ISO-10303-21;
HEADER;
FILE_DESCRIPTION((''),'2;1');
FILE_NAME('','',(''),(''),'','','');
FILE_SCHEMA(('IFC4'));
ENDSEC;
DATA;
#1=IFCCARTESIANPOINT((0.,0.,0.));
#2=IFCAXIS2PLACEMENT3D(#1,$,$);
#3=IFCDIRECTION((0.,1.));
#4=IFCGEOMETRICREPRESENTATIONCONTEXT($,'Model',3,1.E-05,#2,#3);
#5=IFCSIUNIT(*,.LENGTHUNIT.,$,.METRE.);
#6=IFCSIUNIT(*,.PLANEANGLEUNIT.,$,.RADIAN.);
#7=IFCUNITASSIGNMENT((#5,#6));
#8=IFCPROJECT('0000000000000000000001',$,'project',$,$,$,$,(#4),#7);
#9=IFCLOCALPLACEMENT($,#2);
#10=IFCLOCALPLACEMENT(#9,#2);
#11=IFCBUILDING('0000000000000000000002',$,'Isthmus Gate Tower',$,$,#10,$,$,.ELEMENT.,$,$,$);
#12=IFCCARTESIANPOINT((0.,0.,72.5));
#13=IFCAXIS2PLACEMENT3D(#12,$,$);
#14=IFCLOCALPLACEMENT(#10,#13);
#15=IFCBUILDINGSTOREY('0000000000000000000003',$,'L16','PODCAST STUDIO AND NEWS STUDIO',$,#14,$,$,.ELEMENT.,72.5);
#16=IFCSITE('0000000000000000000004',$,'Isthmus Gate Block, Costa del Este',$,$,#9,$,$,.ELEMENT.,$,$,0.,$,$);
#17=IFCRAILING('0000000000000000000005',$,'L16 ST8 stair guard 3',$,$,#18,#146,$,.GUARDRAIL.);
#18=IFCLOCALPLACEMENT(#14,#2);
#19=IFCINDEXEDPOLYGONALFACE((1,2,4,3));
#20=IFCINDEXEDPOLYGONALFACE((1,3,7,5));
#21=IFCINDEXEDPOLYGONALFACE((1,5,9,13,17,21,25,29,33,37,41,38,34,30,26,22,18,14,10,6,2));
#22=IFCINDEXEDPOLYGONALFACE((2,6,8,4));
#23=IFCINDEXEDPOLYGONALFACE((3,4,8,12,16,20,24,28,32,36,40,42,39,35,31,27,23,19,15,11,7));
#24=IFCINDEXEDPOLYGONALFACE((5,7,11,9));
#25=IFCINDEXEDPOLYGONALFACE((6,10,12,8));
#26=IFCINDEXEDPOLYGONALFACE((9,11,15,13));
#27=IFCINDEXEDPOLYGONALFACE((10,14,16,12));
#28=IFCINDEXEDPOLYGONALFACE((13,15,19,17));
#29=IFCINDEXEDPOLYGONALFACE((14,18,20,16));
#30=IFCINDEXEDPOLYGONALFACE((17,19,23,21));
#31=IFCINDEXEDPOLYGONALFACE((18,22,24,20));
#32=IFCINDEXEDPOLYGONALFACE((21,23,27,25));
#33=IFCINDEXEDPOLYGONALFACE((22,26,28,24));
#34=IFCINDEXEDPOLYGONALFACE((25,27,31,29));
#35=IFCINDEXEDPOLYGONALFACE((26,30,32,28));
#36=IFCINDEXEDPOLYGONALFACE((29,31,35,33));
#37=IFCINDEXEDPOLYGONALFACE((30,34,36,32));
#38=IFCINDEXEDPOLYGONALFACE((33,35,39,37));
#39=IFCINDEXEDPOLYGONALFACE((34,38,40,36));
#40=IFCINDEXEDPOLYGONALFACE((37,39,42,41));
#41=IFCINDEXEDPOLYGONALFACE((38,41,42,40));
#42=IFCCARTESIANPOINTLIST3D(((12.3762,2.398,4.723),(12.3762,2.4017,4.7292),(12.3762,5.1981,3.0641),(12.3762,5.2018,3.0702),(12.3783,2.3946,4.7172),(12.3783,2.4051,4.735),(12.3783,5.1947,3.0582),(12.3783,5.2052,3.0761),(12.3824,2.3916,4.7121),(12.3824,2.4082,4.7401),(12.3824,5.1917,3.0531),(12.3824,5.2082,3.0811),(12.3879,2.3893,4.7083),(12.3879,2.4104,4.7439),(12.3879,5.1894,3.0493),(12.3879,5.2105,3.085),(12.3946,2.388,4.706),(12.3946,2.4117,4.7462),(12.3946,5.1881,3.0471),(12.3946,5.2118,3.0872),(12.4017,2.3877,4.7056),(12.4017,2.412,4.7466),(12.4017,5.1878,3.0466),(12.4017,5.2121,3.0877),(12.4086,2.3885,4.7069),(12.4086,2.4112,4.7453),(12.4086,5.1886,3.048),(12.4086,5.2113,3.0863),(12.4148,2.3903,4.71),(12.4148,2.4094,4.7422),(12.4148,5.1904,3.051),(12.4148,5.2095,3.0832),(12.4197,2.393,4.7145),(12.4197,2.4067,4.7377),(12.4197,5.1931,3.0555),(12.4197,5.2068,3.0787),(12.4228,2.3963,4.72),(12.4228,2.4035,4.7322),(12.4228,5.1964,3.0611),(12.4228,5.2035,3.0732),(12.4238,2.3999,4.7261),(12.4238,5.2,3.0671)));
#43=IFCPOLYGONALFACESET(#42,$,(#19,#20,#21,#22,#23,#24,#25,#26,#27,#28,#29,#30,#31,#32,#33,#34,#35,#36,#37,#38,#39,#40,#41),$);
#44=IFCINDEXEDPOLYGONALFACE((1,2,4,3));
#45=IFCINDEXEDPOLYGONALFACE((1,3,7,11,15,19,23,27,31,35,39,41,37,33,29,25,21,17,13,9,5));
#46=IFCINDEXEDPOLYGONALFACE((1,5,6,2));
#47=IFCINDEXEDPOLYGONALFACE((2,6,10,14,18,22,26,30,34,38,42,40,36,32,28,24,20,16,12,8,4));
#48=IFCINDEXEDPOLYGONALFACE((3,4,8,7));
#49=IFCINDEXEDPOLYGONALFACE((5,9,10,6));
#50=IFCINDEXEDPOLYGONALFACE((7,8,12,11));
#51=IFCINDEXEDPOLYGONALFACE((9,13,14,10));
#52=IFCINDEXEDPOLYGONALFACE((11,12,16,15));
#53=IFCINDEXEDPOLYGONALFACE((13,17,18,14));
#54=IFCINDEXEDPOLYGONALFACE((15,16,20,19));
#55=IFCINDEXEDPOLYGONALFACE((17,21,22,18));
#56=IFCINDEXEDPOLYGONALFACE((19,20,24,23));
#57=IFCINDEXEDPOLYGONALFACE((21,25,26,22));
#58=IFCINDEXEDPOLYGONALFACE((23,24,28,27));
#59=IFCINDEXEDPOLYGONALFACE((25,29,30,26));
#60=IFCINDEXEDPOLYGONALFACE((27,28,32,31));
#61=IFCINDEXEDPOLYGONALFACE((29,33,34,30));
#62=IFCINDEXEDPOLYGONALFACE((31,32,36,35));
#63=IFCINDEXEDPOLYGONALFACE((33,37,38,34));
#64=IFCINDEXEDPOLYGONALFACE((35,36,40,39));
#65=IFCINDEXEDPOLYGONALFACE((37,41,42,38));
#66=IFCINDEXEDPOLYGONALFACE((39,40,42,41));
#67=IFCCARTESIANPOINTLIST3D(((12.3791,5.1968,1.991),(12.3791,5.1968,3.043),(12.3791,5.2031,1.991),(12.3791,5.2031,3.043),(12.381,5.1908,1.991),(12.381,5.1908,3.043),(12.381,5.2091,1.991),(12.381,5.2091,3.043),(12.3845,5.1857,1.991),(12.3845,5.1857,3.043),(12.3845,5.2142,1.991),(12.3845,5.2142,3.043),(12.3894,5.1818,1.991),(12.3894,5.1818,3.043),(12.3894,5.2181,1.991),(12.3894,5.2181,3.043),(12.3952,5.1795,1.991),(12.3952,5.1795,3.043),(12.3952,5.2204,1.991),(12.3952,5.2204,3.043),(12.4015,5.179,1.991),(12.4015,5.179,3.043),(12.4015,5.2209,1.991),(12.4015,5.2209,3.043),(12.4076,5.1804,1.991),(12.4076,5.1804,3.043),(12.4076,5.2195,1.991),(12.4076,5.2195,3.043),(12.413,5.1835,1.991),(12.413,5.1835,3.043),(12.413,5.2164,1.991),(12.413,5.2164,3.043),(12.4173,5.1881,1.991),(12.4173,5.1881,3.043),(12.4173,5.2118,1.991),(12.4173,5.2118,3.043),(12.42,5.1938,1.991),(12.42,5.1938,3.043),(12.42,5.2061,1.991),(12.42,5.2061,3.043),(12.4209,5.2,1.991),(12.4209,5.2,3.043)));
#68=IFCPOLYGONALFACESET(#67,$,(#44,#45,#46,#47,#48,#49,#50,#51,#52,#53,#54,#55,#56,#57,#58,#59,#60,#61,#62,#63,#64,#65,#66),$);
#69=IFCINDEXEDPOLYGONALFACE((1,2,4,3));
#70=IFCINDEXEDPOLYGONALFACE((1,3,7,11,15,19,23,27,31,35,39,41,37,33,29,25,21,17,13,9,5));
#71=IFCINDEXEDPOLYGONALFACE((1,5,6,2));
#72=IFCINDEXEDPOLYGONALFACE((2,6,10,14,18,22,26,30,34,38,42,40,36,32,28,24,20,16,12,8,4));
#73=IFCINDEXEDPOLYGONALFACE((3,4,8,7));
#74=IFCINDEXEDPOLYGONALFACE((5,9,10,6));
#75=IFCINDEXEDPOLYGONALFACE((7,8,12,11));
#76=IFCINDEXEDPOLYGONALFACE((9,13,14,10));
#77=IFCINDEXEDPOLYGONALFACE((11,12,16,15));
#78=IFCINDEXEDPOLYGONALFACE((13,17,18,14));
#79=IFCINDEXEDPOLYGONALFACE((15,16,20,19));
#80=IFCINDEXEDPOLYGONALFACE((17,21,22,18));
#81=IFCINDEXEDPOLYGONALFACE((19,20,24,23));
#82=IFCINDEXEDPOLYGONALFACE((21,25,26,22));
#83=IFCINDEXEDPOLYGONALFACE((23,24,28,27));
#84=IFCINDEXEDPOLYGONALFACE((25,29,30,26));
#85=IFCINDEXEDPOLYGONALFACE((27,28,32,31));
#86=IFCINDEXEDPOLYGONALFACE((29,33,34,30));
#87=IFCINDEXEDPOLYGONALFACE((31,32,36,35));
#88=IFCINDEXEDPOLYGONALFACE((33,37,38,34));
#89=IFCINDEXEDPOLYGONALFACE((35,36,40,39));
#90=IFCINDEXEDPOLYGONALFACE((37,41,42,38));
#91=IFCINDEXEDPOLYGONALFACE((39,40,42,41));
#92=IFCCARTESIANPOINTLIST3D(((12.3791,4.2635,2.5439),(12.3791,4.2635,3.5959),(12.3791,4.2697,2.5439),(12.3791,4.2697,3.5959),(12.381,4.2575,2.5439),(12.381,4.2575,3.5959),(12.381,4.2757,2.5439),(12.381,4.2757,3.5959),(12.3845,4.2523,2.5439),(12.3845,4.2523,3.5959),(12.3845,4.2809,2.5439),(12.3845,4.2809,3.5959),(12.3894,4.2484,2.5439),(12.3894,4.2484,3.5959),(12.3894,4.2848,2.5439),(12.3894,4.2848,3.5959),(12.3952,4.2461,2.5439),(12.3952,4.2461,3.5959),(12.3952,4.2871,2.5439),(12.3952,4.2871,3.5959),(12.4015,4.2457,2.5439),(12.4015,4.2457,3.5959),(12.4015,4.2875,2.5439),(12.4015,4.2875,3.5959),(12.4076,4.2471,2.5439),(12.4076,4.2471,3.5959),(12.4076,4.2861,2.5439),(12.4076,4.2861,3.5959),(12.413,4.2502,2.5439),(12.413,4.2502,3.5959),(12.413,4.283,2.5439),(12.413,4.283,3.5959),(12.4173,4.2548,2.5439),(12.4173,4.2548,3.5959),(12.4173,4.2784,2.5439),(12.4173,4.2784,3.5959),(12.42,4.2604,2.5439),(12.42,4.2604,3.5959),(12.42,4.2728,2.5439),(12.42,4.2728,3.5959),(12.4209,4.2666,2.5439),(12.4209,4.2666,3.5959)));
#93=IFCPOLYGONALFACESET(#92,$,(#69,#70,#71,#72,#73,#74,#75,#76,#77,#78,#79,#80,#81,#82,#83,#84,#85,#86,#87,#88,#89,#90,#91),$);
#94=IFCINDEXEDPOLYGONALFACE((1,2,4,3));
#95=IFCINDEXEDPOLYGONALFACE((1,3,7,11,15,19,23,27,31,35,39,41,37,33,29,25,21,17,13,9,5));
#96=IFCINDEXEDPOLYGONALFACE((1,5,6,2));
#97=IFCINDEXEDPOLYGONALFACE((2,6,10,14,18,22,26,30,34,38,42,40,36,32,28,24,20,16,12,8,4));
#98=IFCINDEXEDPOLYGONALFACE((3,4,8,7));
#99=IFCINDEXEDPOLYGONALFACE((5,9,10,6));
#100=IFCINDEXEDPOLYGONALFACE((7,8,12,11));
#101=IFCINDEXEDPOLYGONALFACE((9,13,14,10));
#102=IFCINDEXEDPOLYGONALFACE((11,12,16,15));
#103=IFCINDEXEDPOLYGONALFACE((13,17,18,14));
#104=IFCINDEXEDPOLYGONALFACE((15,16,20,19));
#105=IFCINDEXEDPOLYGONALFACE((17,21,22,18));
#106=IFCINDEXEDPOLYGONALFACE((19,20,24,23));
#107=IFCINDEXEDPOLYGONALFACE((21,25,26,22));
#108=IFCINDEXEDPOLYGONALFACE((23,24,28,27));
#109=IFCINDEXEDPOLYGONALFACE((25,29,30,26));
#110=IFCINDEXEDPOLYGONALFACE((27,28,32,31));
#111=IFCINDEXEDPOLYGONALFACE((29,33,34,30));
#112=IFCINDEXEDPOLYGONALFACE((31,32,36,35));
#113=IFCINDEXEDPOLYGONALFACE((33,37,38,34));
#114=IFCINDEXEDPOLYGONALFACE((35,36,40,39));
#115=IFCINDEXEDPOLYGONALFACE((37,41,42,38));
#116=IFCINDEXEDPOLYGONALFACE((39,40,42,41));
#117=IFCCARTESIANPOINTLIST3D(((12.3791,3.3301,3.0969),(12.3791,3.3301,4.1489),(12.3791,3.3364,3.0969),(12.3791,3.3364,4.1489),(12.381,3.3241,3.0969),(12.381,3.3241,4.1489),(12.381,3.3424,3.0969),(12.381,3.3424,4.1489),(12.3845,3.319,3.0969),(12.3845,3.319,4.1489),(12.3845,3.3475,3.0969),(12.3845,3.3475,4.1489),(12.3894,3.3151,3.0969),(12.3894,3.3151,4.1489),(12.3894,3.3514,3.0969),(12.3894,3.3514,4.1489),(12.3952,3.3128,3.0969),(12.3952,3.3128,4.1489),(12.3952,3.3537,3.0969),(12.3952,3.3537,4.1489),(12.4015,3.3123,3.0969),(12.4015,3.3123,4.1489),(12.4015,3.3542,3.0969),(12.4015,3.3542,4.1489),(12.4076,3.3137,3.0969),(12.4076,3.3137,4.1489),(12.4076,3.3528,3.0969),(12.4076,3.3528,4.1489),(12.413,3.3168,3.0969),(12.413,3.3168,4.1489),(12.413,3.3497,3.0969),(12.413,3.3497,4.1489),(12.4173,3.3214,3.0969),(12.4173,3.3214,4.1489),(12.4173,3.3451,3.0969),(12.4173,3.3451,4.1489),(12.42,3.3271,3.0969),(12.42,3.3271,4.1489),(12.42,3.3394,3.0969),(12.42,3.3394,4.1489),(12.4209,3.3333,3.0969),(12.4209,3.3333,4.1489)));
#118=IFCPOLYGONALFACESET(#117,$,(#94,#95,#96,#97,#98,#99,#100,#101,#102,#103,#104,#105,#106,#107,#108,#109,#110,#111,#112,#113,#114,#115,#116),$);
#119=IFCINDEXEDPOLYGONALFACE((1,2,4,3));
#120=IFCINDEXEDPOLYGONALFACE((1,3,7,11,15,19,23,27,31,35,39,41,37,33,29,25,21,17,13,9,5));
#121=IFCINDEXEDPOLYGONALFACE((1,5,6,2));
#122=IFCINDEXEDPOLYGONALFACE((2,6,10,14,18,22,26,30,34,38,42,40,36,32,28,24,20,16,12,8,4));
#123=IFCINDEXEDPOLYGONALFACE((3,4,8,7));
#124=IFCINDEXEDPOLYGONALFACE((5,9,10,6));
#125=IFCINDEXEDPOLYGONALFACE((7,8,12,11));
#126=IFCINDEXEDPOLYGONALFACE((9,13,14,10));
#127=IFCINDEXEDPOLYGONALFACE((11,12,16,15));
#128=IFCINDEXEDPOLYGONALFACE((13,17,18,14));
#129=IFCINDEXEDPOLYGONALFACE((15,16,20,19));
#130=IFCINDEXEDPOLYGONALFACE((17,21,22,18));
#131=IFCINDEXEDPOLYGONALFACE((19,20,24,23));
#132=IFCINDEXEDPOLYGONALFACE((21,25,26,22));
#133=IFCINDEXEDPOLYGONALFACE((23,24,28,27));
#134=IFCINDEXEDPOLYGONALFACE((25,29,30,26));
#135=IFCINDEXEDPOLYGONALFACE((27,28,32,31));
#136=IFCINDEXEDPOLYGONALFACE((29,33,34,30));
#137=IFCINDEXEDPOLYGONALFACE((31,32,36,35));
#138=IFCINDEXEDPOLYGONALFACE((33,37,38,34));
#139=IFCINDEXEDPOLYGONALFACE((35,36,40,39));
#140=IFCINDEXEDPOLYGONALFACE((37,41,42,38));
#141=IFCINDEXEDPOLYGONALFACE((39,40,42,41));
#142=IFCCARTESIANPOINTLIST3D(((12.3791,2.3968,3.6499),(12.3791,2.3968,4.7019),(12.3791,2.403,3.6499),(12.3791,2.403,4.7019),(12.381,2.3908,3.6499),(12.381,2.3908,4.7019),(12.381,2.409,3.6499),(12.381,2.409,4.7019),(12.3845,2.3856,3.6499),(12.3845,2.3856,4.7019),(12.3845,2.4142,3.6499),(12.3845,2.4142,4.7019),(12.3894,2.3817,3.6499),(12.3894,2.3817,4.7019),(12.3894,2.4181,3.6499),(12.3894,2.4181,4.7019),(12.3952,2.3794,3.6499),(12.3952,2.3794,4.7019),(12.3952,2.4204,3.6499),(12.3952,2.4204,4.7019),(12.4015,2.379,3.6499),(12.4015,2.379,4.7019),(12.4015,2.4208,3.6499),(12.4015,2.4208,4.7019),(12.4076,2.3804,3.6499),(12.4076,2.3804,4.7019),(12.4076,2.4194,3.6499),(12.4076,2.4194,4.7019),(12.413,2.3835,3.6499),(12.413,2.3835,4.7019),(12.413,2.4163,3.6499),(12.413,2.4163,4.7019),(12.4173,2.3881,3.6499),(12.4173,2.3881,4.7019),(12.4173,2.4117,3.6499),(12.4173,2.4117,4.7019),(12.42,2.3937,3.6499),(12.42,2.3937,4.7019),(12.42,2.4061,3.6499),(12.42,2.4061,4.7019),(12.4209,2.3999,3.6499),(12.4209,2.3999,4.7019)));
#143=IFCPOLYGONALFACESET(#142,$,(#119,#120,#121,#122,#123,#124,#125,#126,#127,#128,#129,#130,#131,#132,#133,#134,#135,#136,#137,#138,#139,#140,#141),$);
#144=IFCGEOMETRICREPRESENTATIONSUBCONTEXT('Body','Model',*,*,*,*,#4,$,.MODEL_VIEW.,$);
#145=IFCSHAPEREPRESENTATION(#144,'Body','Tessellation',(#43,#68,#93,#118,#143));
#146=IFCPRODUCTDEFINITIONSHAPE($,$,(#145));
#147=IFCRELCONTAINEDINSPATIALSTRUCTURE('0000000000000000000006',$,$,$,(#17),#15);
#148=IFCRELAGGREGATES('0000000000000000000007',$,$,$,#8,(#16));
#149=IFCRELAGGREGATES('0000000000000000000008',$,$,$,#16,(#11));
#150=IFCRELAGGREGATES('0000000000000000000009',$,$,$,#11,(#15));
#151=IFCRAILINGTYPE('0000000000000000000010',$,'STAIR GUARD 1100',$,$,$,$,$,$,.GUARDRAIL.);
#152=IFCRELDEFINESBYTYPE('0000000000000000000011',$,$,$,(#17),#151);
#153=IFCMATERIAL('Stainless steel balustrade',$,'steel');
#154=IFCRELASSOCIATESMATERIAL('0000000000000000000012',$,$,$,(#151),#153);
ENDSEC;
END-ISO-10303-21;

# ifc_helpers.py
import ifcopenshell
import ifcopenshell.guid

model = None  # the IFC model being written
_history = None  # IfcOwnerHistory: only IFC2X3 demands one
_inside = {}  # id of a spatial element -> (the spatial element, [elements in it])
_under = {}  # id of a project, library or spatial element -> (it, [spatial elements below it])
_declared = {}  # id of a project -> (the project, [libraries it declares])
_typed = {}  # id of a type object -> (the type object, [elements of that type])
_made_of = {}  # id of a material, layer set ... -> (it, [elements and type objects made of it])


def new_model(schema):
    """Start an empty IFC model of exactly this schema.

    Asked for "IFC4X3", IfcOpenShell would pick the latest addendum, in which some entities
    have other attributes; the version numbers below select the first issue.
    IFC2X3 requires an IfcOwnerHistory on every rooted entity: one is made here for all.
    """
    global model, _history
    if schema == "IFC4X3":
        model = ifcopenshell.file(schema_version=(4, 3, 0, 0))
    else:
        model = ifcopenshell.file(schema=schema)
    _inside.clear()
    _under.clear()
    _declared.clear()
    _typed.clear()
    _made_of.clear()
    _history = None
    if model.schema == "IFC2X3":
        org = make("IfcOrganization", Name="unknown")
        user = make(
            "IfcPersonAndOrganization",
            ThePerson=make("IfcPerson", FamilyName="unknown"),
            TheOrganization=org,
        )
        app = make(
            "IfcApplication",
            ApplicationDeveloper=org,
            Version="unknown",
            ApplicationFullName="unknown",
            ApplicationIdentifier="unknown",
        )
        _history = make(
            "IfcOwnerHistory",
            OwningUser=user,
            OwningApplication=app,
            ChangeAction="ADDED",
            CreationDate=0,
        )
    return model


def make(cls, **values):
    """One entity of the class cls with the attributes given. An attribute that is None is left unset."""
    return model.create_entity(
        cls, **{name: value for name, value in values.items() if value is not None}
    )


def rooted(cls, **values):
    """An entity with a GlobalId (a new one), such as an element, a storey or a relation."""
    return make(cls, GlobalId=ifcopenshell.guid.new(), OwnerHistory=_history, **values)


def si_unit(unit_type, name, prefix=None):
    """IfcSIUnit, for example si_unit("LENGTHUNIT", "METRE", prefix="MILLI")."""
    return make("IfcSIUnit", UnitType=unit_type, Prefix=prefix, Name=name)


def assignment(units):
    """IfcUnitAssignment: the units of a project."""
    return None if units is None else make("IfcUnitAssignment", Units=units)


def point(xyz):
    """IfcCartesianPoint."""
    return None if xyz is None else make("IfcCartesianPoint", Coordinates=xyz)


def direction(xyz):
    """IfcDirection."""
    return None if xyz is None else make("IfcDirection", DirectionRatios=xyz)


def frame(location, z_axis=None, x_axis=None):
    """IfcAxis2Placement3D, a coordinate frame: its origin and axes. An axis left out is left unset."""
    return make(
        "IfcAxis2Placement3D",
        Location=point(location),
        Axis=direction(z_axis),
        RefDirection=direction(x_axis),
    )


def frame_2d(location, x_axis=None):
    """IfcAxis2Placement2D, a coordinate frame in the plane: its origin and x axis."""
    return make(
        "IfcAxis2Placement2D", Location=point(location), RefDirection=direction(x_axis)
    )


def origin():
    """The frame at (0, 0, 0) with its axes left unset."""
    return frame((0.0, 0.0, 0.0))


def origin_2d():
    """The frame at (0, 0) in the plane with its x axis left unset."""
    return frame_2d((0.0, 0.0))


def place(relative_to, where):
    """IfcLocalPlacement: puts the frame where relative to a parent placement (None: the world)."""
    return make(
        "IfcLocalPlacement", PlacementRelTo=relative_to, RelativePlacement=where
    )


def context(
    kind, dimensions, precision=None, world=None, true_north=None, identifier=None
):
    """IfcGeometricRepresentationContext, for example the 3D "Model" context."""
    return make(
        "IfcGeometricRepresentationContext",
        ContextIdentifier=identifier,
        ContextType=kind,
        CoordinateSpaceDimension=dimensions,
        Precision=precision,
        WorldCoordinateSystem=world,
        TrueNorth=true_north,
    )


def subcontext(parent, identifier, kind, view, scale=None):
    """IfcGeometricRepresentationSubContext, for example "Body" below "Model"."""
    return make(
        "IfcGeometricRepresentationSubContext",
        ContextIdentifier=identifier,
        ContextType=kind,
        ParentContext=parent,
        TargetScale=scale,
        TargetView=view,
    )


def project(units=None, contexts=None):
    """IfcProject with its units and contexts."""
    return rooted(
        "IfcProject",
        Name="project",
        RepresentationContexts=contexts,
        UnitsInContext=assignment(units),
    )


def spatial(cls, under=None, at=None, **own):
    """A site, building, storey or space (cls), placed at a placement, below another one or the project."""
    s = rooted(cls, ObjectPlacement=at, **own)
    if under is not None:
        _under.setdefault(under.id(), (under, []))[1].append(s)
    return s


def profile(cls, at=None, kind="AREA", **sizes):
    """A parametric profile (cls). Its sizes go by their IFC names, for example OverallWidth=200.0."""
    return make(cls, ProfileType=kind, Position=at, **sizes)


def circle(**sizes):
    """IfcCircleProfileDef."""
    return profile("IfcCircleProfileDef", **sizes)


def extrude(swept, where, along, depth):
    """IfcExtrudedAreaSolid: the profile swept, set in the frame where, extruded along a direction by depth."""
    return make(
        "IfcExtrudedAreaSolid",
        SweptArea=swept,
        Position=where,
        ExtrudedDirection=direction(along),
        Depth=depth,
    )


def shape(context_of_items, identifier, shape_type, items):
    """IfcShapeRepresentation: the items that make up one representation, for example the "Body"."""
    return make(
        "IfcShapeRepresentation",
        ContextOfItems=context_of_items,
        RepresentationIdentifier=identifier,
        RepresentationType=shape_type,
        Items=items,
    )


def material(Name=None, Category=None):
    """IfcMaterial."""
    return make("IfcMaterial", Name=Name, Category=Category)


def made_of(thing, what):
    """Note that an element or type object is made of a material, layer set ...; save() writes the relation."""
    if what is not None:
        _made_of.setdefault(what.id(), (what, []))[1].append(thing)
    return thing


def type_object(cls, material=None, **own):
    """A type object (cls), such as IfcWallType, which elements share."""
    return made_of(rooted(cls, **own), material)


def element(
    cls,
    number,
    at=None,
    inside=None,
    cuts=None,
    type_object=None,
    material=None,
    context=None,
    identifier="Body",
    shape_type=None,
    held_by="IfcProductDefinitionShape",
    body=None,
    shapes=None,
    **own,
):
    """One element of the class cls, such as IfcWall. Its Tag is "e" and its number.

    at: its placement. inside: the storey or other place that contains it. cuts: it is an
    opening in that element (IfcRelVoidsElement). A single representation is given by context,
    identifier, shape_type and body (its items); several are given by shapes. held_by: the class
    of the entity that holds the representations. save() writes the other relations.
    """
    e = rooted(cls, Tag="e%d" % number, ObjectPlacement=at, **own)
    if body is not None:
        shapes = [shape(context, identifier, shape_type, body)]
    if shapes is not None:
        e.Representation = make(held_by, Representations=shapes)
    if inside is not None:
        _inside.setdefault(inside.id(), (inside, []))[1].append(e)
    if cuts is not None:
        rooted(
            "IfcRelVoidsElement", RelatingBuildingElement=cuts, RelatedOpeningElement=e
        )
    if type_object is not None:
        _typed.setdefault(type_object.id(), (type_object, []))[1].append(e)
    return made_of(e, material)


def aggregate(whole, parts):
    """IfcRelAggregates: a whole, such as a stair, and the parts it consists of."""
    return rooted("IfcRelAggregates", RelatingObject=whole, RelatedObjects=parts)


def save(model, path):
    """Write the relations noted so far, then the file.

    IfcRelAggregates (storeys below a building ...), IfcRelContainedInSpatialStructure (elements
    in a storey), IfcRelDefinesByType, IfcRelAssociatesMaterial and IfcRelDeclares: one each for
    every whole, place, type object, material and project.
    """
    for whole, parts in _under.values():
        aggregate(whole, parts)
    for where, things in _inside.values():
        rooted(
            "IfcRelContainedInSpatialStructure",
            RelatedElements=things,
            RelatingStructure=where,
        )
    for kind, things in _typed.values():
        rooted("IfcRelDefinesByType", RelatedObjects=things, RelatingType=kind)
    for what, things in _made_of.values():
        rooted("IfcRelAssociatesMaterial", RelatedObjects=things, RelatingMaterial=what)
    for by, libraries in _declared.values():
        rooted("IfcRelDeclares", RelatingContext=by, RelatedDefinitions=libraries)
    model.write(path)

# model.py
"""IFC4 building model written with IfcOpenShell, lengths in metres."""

from ifc_helpers import new_model, si_unit, direction, frame, origin, origin_2d, place, context, subcontext, project, spatial, circle, extrude, material, type_object, element, save


model = new_model("IFC4")

# Units and contexts
model_context = context("Model", 3, precision=1e-05, world=origin(), true_north=direction((0.0, 1.0)))
body_context = subcontext(model_context, "Body", "Model", "MODEL_VIEW")
ifc_project = project(units=[si_unit("LENGTHUNIT", "METRE"), si_unit("PLANEANGLEUNIT", "RADIAN")], contexts=[model_context])

# Site, building, storey
site_placement = place(None, origin())
site = spatial("IfcSite", under=ifc_project, at=site_placement, Name="Isthmus Gate Block, Costa del Este", CompositionType="ELEMENT", RefElevation=0.0)
building_placement = place(site_placement, origin())
building = spatial("IfcBuilding", under=site, at=building_placement, Name="Isthmus Gate Tower", CompositionType="ELEMENT")
storey_placement = place(building_placement, frame((0.0, 0.0, 72.5)))
storey = spatial("IfcBuildingStorey", under=building, at=storey_placement, Name="L16", Description="PODCAST STUDIO AND NEWS STUDIO", CompositionType="ELEMENT", Elevation=72.5)

# Railing
ifc_material_1 = material(Name="Stainless steel balustrade", Category="steel")
railing_type_1 = type_object("IfcRailingType", Name="STAIR GUARD 1100", PredefinedType="GUARDRAIL", material=ifc_material_1)
railing_1_placement = place(storey_placement, frame((12.3999, 5.2, 1.991)))
element("IfcRailing", 1, at=railing_1_placement, inside=storey, type_object=railing_type_1, Name="L16 ST8 stair guard 3", PredefinedType="GUARDRAIL", context=body_context, shape_type="SweptSolid", body=[
    extrude(circle(Radius=0.0239, at=origin_2d()), frame((0.0, 0.0, 1.0762), z_axis=(0.0, -0.860339, 0.509722), x_axis=(1.0, 0.0, 0.0)), (0.0, 0.0, 1.0), 3.2546),
    extrude(circle(Radius=0.021, at=origin_2d()), origin(), (0.0, 0.0, 1.0), 1.052),
    extrude(circle(Radius=0.021, at=origin_2d()), frame((0.0, -0.9333, 0.553)), (0.0, 0.0, 1.0), 1.052),
    extrude(circle(Radius=0.021, at=origin_2d()), frame((0.0, -1.8667, 1.106)), (0.0, 0.0, 1.0), 1.052),
    extrude(circle(Radius=0.021, at=origin_2d()), frame((0.0, -2.8, 1.6589)), (0.0, 0.0, 1.0), 1.052),
])

save(model, "model.ifc")
